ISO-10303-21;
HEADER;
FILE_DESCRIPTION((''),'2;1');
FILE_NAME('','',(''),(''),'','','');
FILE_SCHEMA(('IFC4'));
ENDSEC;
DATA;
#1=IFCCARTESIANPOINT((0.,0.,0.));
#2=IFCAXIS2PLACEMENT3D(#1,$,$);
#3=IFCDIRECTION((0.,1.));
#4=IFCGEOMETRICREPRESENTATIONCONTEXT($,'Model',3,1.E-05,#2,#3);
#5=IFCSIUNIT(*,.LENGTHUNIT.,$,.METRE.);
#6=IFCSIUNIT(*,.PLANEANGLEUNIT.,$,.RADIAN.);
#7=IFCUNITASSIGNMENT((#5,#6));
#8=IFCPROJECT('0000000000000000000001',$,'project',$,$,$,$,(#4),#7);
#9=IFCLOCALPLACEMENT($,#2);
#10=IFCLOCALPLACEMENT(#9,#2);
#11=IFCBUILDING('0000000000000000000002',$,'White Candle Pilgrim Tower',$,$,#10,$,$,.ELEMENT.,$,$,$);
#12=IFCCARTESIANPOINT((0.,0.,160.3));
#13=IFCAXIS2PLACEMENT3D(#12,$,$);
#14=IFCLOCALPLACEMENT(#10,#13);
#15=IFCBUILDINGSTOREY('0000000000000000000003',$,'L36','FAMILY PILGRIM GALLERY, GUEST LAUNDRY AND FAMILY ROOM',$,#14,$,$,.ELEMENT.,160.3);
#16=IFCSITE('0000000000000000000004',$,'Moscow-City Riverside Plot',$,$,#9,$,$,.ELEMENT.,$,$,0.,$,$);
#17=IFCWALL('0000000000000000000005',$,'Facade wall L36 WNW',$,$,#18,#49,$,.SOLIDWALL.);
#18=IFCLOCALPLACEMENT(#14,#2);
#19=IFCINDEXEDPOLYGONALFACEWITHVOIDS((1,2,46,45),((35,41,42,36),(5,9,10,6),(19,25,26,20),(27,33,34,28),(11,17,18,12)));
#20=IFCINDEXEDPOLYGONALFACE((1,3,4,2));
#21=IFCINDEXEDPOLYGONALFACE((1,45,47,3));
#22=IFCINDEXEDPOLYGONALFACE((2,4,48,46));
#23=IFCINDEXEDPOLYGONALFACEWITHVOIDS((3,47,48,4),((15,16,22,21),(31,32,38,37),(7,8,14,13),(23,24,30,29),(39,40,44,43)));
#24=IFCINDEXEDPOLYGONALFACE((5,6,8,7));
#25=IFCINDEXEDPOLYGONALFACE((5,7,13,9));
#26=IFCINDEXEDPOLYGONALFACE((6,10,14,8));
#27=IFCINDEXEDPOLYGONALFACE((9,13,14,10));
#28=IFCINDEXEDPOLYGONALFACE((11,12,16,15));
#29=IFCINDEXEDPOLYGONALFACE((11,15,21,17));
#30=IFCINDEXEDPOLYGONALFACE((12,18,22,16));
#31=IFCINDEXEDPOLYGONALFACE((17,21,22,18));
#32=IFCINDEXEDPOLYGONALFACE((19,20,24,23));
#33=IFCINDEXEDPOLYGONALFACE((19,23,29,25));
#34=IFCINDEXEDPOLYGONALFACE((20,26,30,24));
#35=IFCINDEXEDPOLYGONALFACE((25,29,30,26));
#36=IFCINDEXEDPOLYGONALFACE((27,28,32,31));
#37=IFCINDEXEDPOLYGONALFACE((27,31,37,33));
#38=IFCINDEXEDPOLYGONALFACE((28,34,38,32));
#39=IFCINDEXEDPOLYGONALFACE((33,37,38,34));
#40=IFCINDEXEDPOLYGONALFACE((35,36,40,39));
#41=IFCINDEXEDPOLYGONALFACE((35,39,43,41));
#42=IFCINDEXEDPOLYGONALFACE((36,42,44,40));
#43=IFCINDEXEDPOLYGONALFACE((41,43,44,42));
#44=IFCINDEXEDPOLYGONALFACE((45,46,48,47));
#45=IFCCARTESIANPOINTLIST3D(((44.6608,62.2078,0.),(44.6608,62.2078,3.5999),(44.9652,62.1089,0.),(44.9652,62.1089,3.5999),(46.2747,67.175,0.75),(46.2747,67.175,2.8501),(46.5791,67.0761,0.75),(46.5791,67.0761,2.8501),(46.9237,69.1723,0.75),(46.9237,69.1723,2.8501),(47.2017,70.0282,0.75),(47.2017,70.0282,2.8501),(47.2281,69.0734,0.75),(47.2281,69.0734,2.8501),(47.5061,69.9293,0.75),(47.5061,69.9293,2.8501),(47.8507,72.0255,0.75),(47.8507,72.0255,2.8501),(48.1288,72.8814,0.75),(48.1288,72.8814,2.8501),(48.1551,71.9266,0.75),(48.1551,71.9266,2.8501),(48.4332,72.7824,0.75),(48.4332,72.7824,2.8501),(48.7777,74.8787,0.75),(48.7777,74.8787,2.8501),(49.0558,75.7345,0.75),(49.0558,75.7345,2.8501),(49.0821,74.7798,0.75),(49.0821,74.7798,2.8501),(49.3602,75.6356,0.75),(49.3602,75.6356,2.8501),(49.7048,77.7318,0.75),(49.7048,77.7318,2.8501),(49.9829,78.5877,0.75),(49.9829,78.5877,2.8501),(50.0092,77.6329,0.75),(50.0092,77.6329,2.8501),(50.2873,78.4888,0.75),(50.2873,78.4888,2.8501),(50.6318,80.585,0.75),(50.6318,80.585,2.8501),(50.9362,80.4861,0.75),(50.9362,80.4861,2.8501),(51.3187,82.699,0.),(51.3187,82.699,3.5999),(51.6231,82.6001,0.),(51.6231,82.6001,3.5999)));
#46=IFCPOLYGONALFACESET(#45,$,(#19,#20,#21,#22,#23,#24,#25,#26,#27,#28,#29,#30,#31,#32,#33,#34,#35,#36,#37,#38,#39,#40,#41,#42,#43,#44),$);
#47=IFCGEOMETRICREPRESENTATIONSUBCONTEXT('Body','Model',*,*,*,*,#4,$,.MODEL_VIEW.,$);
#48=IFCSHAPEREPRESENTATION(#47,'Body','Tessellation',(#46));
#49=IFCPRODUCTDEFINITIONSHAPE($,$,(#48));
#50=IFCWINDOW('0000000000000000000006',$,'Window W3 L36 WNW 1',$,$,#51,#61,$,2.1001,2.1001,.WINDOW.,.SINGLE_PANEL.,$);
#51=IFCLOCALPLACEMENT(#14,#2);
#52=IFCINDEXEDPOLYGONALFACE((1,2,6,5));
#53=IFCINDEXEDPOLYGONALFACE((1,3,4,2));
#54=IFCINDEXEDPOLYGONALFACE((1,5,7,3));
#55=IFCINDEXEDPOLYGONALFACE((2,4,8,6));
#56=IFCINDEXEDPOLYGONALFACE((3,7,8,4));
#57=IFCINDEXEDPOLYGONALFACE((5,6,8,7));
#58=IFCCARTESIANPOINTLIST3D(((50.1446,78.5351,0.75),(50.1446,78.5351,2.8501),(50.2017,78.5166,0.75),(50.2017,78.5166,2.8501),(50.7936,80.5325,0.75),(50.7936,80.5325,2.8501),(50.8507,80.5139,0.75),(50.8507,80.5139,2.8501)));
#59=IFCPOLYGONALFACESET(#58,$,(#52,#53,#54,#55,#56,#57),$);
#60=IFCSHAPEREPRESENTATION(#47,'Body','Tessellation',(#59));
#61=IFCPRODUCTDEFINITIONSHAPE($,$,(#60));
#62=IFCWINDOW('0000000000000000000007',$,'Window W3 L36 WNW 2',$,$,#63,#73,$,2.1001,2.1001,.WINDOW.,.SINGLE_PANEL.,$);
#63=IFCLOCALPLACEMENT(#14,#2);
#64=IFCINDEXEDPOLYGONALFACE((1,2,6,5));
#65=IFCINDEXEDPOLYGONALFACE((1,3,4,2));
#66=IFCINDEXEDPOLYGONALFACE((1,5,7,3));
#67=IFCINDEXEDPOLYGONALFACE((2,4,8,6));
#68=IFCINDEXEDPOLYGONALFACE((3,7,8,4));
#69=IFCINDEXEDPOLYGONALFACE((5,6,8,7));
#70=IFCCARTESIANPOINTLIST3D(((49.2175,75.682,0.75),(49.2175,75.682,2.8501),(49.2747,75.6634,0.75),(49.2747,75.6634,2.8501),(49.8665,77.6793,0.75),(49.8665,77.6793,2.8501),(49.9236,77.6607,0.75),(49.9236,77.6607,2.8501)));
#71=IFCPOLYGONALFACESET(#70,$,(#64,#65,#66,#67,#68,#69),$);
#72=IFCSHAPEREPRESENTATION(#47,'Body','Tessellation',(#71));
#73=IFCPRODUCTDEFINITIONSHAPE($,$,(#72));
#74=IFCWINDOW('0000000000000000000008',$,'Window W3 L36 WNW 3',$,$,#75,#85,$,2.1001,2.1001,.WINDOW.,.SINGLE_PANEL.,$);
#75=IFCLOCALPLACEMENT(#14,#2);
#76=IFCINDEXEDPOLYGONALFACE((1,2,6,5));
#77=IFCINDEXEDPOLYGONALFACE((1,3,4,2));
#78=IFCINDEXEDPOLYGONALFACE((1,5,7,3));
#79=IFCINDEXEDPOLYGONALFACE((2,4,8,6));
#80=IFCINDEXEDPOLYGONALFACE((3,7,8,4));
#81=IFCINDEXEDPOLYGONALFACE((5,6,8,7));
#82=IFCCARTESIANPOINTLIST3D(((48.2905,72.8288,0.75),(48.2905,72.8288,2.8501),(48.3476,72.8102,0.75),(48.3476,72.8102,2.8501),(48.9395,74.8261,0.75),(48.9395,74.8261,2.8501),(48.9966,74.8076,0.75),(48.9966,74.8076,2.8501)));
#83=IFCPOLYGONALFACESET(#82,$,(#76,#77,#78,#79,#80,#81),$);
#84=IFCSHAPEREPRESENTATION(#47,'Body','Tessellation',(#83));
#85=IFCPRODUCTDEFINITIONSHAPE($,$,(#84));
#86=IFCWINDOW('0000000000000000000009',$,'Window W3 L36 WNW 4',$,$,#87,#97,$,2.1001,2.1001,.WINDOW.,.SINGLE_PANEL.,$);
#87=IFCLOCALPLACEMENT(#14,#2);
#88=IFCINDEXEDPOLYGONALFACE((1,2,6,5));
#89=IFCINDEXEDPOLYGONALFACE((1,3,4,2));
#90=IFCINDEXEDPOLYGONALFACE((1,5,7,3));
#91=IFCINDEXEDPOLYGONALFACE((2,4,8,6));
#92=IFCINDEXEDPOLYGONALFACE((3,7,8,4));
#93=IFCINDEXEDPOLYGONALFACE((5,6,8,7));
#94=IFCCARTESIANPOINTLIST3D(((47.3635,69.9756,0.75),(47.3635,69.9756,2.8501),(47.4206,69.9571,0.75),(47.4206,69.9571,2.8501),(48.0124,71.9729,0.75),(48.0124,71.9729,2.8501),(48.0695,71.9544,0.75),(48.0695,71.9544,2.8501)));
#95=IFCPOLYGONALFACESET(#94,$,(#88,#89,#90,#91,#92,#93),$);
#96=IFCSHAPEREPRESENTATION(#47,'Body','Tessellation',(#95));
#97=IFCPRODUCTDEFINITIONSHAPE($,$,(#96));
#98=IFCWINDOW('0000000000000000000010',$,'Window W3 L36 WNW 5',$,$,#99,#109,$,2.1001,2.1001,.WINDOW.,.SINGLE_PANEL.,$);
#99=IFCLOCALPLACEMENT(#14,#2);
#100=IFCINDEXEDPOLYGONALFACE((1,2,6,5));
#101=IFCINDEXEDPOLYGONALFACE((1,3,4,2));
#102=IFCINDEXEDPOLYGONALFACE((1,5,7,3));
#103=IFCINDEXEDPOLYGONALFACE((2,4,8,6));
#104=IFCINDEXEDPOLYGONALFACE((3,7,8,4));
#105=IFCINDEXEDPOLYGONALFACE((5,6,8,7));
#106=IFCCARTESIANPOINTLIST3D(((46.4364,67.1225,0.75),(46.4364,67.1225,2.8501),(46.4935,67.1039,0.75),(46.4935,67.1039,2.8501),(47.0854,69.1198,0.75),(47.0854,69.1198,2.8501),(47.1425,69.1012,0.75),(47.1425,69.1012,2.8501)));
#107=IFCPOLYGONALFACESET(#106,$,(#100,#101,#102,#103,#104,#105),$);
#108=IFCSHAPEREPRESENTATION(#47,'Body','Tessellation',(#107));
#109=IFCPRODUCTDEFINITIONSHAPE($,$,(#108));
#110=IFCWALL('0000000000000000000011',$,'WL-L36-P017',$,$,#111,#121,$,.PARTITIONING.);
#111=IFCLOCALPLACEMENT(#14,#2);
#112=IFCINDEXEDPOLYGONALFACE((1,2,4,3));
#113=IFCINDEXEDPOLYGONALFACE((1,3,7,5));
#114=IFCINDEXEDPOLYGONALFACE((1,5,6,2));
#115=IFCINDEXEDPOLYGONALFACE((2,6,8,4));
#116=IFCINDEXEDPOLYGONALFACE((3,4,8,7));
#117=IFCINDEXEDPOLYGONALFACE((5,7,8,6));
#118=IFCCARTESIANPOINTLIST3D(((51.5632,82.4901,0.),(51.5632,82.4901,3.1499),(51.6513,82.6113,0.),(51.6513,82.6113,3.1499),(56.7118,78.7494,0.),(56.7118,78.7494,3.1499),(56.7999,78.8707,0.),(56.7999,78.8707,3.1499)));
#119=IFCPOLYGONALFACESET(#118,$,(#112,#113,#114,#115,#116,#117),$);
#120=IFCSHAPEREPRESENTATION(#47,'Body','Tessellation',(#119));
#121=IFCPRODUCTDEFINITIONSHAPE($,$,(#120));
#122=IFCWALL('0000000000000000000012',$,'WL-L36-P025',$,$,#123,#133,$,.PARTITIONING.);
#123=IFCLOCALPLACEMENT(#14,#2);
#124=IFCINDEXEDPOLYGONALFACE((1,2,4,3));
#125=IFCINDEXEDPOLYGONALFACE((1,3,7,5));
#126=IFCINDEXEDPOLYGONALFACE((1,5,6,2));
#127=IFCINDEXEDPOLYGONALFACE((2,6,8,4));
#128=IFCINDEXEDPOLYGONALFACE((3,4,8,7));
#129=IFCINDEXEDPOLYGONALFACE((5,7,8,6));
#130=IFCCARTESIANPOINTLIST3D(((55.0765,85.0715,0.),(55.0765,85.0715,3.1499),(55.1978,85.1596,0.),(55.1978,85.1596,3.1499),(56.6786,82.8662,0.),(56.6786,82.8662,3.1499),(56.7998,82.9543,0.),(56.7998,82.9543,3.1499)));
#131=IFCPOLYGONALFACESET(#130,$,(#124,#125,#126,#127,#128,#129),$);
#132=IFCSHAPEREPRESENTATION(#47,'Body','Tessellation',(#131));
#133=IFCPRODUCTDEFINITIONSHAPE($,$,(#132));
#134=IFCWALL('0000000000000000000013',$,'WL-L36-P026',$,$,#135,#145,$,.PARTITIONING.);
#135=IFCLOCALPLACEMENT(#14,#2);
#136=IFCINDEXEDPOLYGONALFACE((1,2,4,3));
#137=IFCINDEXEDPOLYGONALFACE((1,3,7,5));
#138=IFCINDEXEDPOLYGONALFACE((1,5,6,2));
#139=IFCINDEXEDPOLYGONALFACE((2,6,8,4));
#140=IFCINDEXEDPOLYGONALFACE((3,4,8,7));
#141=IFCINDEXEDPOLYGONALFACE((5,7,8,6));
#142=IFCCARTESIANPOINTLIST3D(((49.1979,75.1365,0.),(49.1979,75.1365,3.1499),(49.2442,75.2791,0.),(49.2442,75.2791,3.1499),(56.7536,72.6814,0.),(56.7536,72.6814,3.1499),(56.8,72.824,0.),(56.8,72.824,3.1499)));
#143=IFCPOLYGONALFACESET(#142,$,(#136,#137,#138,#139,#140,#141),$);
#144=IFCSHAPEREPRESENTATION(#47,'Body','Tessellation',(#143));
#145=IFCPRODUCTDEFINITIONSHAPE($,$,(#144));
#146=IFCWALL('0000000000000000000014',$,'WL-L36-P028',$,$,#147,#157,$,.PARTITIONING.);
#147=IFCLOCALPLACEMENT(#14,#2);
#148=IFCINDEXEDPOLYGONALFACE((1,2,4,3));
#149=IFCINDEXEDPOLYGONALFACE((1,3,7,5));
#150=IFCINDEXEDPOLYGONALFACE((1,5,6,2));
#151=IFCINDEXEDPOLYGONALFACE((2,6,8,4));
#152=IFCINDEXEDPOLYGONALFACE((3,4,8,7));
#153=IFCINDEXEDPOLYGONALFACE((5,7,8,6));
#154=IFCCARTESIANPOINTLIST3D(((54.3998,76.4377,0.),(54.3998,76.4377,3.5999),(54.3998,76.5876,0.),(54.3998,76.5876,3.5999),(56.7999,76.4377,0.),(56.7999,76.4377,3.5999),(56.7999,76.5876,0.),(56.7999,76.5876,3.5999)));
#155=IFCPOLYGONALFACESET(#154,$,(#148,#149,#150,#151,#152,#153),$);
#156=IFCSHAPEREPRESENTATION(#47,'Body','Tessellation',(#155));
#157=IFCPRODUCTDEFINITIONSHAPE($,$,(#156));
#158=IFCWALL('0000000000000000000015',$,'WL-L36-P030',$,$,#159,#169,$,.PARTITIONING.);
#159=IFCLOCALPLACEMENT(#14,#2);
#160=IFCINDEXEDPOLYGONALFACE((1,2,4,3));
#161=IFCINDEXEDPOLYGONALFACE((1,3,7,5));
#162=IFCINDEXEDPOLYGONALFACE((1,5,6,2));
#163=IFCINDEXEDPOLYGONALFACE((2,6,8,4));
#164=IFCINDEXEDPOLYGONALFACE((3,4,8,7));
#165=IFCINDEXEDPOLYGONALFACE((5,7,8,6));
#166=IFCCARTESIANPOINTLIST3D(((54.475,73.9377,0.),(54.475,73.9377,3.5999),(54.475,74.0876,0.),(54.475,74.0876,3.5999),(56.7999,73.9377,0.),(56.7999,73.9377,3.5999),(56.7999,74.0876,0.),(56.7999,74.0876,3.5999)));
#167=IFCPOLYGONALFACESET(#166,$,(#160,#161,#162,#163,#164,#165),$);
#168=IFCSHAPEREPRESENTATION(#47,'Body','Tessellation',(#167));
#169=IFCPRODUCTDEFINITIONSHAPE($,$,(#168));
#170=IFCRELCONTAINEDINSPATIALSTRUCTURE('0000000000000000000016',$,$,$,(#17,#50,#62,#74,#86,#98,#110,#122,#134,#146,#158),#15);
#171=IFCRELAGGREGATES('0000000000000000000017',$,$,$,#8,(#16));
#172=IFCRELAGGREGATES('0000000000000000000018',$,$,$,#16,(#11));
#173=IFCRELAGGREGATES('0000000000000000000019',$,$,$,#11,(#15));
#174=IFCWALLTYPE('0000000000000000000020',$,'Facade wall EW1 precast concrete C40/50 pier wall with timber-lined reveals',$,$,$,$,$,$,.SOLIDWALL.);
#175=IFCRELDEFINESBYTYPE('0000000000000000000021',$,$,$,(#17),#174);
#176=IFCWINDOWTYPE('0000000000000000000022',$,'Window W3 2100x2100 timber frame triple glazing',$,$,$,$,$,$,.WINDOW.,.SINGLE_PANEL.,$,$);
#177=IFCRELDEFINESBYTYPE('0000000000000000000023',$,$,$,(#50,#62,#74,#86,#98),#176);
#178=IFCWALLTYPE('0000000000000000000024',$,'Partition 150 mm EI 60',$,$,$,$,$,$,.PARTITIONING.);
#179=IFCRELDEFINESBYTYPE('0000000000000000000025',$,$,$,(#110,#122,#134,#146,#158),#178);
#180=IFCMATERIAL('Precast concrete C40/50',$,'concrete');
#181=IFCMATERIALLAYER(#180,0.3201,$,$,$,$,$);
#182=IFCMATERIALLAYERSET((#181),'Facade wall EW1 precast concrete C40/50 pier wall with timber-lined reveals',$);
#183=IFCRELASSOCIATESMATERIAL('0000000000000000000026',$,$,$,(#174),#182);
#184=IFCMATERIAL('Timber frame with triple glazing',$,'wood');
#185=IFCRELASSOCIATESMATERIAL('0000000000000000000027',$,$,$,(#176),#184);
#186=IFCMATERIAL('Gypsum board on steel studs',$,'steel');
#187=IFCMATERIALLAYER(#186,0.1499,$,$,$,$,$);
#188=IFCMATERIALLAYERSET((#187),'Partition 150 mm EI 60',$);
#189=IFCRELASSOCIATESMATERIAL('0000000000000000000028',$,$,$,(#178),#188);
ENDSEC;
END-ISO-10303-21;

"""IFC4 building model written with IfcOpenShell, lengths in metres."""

from ifc_helpers import new_model, si_unit, direction, frame, frame_2d, origin, place, context, subcontext, project, spatial, rectangle, extrude, material, layer, layer_set, type_object, element, fill, save


model = new_model("IFC4")

# Units and contexts
model_context = context("Model", 3, precision=1e-05, world=origin(), true_north=direction((0.0, 1.0)))
body_context = subcontext(model_context, "Body", "Model", "MODEL_VIEW")
ifc_project = project(units=[si_unit("LENGTHUNIT", "METRE"), si_unit("PLANEANGLEUNIT", "RADIAN")], contexts=[model_context])

# Site, building, storey
site_placement = place(None, origin())
site = spatial("IfcSite", under=ifc_project, at=site_placement, Name="Moscow-City Riverside Plot", CompositionType="ELEMENT", RefElevation=0.0)
building_placement = place(site_placement, origin())
building = spatial("IfcBuilding", under=site, at=building_placement, Name="White Candle Pilgrim Tower", CompositionType="ELEMENT")
storey_placement = place(building_placement, frame((0.0, 0.0, 160.3)))
storey = spatial("IfcBuildingStorey", under=building, at=storey_placement, Name="L36", Description="FAMILY PILGRIM GALLERY, GUEST LAUNDRY AND FAMILY ROOM", CompositionType="ELEMENT", Elevation=160.3)

# Wall, openings, windows
ifc_material_1 = material(Name="Precast concrete C40/50", Category="concrete")
ifc_layer_1 = layer(ifc_material_1, 0.3201)
ifc_layer_set_1 = layer_set([ifc_layer_1], Name="Facade wall EW1 precast concrete C40/50 pier wall with timber-lined reveals")
wall_type_1 = type_object("IfcWallType", Name="Facade wall EW1 precast concrete C40/50 pier wall with timber-lined reveals", PredefinedType="SOLIDWALL", material=ifc_layer_set_1)
ifc_material_2 = material(Name="Timber frame with triple glazing", Category="wood")
wall_1_placement = place(storey_placement, frame((51.4709, 82.6497, 0.0), z_axis=(0.0, 0.0, 1.0), x_axis=(-0.309015, -0.951057, 0.0)))
wall_1 = element("IfcWall", 1, at=wall_1_placement, inside=storey, type_object=wall_type_1, Name="Facade wall L36 WNW", PredefinedType="SOLIDWALL", context=body_context, shape_type="SweptSolid", body=[
    extrude(rectangle(XDim=21.5457, YDim=0.3201, at=frame_2d((10.7729, 0.0))), origin(), (0.0, 0.0, 1.0), 3.5999),
])
opening_1_placement = place(wall_1_placement, frame((2.2229, 0.0, 0.75)))
opening_1 = element("IfcOpeningElement", 2, at=opening_1_placement, cuts=wall_1, PredefinedType="OPENING", context=body_context, shape_type="SweptSolid", body=[
    extrude(rectangle(XDim=2.1001, YDim=2.1001, at=frame_2d((1.05, 1.05))), frame((0.0, 0.1699, 0.0), z_axis=(0.0, -1.0, 0.0), x_axis=(1.0, 0.0, 0.0)), (0.0, 0.0, 1.0), 0.3401),
])
opening_2_placement = place(wall_1_placement, frame((5.2229, 0.0, 0.75)))
opening_2 = element("IfcOpeningElement", 3, at=opening_2_placement, cuts=wall_1, PredefinedType="OPENING", context=body_context, shape_type="SweptSolid", body=[
    extrude(rectangle(XDim=2.1001, YDim=2.1001, at=frame_2d((1.05, 1.05))), frame((0.0, 0.1699, 0.0), z_axis=(0.0, -1.0, 0.0), x_axis=(1.0, 0.0, 0.0)), (0.0, 0.0, 1.0), 0.3401),
])
opening_3_placement = place(wall_1_placement, frame((8.2229, 0.0, 0.75)))
opening_3 = element("IfcOpeningElement", 4, at=opening_3_placement, cuts=wall_1, PredefinedType="OPENING", context=body_context, shape_type="SweptSolid", body=[
    extrude(rectangle(XDim=2.1001, YDim=2.1001, at=frame_2d((1.05, 1.05))), frame((0.0, 0.1699, 0.0), z_axis=(0.0, -1.0, 0.0), x_axis=(1.0, 0.0, 0.0)), (0.0, 0.0, 1.0), 0.3401),
])
opening_4_placement = place(wall_1_placement, frame((11.2229, 0.0, 0.75)))
opening_4 = element("IfcOpeningElement", 5, at=opening_4_placement, cuts=wall_1, PredefinedType="OPENING", context=body_context, shape_type="SweptSolid", body=[
    extrude(rectangle(XDim=2.1001, YDim=2.1001, at=frame_2d((1.05, 1.05))), frame((0.0, 0.1699, 0.0), z_axis=(0.0, -1.0, 0.0), x_axis=(1.0, 0.0, 0.0)), (0.0, 0.0, 1.0), 0.3401),
])
opening_5_placement = place(wall_1_placement, frame((14.2229, 0.0, 0.75)))
opening_5 = element("IfcOpeningElement", 6, at=opening_5_placement, cuts=wall_1, PredefinedType="OPENING", context=body_context, shape_type="SweptSolid", body=[
    extrude(rectangle(XDim=2.1001, YDim=2.1001, at=frame_2d((1.05, 1.05))), frame((0.0, 0.1699, 0.0), z_axis=(0.0, -1.0, 0.0), x_axis=(1.0, 0.0, 0.0)), (0.0, 0.0, 1.0), 0.3401),
])
window_type_1 = type_object("IfcWindowType", Name="Window W3 2100x2100 timber frame triple glazing", PartitioningType="SINGLE_PANEL", PredefinedType="WINDOW", material=ifc_material_2)
window_1_placement = place(opening_1_placement, origin())
window_1 = element("IfcWindow", 7, at=window_1_placement, inside=storey, type_object=window_type_1, Name="Window W3 L36 WNW 1", OverallHeight=2.1001, OverallWidth=2.1001, PartitioningType="SINGLE_PANEL", PredefinedType="WINDOW", context=body_context, shape_type="SweptSolid", body=[
    extrude(rectangle(XDim=2.1001, YDim=2.1001, at=frame_2d((1.05, 1.05))), frame((0.0, 0.0701, 0.0), z_axis=(0.0, -1.0, 0.0), x_axis=(1.0, 0.0, 0.0)), (0.0, 0.0, 1.0), 0.0601),
])
fill(opening_1, window_1)
window_2_placement = place(opening_2_placement, origin())
window_2 = element("IfcWindow", 8, at=window_2_placement, inside=storey, type_object=window_type_1, Name="Window W3 L36 WNW 2", OverallHeight=2.1001, OverallWidth=2.1001, PartitioningType="SINGLE_PANEL", PredefinedType="WINDOW", context=body_context, shape_type="SweptSolid", body=[
    extrude(rectangle(XDim=2.1001, YDim=2.1001, at=frame_2d((1.05, 1.05))), frame((0.0, 0.0701, 0.0), z_axis=(0.0, -1.0, 0.0), x_axis=(1.0, 0.0, 0.0)), (0.0, 0.0, 1.0), 0.0601),
])
fill(opening_2, window_2)
window_3_placement = place(opening_3_placement, origin())
window_3 = element("IfcWindow", 9, at=window_3_placement, inside=storey, type_object=window_type_1, Name="Window W3 L36 WNW 3", OverallHeight=2.1001, OverallWidth=2.1001, PartitioningType="SINGLE_PANEL", PredefinedType="WINDOW", context=body_context, shape_type="SweptSolid", body=[
    extrude(rectangle(XDim=2.1001, YDim=2.1001, at=frame_2d((1.05, 1.05))), frame((0.0, 0.0701, 0.0), z_axis=(0.0, -1.0, 0.0), x_axis=(1.0, 0.0, 0.0)), (0.0, 0.0, 1.0), 0.0601),
])
fill(opening_3, window_3)
window_4_placement = place(opening_4_placement, origin())
window_4 = element("IfcWindow", 10, at=window_4_placement, inside=storey, type_object=window_type_1, Name="Window W3 L36 WNW 4", OverallHeight=2.1001, OverallWidth=2.1001, PartitioningType="SINGLE_PANEL", PredefinedType="WINDOW", context=body_context, shape_type="SweptSolid", body=[
    extrude(rectangle(XDim=2.1001, YDim=2.1001, at=frame_2d((1.05, 1.05))), frame((0.0, 0.0701, 0.0), z_axis=(0.0, -1.0, 0.0), x_axis=(1.0, 0.0, 0.0)), (0.0, 0.0, 1.0), 0.0601),
])
fill(opening_4, window_4)
window_5_placement = place(opening_5_placement, origin())
window_5 = element("IfcWindow", 11, at=window_5_placement, inside=storey, type_object=window_type_1, Name="Window W3 L36 WNW 5", OverallHeight=2.1001, OverallWidth=2.1001, PartitioningType="SINGLE_PANEL", PredefinedType="WINDOW", context=body_context, shape_type="SweptSolid", body=[
    extrude(rectangle(XDim=2.1001, YDim=2.1001, at=frame_2d((1.05, 1.05))), frame((0.0, 0.0701, 0.0), z_axis=(0.0, -1.0, 0.0), x_axis=(1.0, 0.0, 0.0)), (0.0, 0.0, 1.0), 0.0601),
])
fill(opening_5, window_5)

# Walls
ifc_material_3 = material(Name="Gypsum board on steel studs", Category="steel")
ifc_layer_2 = layer(ifc_material_3, 0.1499)
ifc_layer_set_2 = layer_set([ifc_layer_2], Name="Partition 150 mm EI 60")
wall_type_2 = type_object("IfcWallType", Name="Partition 150 mm EI 60", PredefinedType="PARTITIONING", material=ifc_layer_set_2)
wall_2_placement = place(storey_placement, frame((51.6072, 82.5508, 0.0), z_axis=(0.0, 0.0, 1.0), x_axis=(0.809018, -0.587784, 0.0)))
element("IfcWall", 12, at=wall_2_placement, inside=storey, type_object=wall_type_2, Name="WL-L36-P017", PredefinedType="PARTITIONING", context=body_context, shape_type="SweptSolid", body=[
    extrude(rectangle(XDim=6.364, YDim=0.1499, at=frame_2d((3.1821, 0.0))), origin(), (0.0, 0.0, 1.0), 3.1499),
])
wall_3_placement = place(storey_placement, frame((55.1372, 85.1155, 0.0), z_axis=(0.0, 0.0, 1.0), x_axis=(0.587735, -0.809054, 0.0)))
element("IfcWall", 13, at=wall_3_placement, inside=storey, type_object=wall_type_2, Name="WL-L36-P025", PredefinedType="PARTITIONING", context=body_context, shape_type="SweptSolid", body=[
    extrude(rectangle(XDim=2.7258, YDim=0.1499, at=frame_2d((1.3628, 0.0))), origin(), (0.0, 0.0, 1.0), 3.1499),
])
wall_4_placement = place(storey_placement, frame((49.2212, 75.2078, 0.0), z_axis=(0.0, 0.0, 1.0), x_axis=(0.951053, -0.309028, 0.0)))
element("IfcWall", 14, at=wall_4_placement, inside=storey, type_object=wall_type_2, Name="WL-L36-P026", PredefinedType="PARTITIONING", context=body_context, shape_type="SweptSolid", body=[
    extrude(rectangle(XDim=7.9446, YDim=0.1499, at=frame_2d((3.9722, 0.0))), origin(), (0.0, 0.0, 1.0), 3.1499),
])
wall_5_placement = place(storey_placement, frame((56.8, 76.5127, 0.0), z_axis=(0.0, 0.0, 1.0), x_axis=(-1.0, 0.0, 0.0)))
element("IfcWall", 15, at=wall_5_placement, inside=storey, type_object=wall_type_2, Name="WL-L36-P028", PredefinedType="PARTITIONING", context=body_context, shape_type="SweptSolid", body=[
    extrude(rectangle(XDim=2.4001, YDim=0.1499, at=frame_2d((1.2002, 0.0))), origin(), (0.0, 0.0, 1.0), 3.5999),
])
wall_6_placement = place(storey_placement, frame((56.8, 74.0127, 0.0), z_axis=(0.0, 0.0, 1.0), x_axis=(-1.0, 0.0, 0.0)))
element("IfcWall", 16, at=wall_6_placement, inside=storey, type_object=wall_type_2, Name="WL-L36-P030", PredefinedType="PARTITIONING", context=body_context, shape_type="SweptSolid", body=[
    extrude(rectangle(XDim=2.325, YDim=0.1499, at=frame_2d((1.1626, 0.0))), origin(), (0.0, 0.0, 1.0), 3.5999),
])

save(model, "model.ifc")
